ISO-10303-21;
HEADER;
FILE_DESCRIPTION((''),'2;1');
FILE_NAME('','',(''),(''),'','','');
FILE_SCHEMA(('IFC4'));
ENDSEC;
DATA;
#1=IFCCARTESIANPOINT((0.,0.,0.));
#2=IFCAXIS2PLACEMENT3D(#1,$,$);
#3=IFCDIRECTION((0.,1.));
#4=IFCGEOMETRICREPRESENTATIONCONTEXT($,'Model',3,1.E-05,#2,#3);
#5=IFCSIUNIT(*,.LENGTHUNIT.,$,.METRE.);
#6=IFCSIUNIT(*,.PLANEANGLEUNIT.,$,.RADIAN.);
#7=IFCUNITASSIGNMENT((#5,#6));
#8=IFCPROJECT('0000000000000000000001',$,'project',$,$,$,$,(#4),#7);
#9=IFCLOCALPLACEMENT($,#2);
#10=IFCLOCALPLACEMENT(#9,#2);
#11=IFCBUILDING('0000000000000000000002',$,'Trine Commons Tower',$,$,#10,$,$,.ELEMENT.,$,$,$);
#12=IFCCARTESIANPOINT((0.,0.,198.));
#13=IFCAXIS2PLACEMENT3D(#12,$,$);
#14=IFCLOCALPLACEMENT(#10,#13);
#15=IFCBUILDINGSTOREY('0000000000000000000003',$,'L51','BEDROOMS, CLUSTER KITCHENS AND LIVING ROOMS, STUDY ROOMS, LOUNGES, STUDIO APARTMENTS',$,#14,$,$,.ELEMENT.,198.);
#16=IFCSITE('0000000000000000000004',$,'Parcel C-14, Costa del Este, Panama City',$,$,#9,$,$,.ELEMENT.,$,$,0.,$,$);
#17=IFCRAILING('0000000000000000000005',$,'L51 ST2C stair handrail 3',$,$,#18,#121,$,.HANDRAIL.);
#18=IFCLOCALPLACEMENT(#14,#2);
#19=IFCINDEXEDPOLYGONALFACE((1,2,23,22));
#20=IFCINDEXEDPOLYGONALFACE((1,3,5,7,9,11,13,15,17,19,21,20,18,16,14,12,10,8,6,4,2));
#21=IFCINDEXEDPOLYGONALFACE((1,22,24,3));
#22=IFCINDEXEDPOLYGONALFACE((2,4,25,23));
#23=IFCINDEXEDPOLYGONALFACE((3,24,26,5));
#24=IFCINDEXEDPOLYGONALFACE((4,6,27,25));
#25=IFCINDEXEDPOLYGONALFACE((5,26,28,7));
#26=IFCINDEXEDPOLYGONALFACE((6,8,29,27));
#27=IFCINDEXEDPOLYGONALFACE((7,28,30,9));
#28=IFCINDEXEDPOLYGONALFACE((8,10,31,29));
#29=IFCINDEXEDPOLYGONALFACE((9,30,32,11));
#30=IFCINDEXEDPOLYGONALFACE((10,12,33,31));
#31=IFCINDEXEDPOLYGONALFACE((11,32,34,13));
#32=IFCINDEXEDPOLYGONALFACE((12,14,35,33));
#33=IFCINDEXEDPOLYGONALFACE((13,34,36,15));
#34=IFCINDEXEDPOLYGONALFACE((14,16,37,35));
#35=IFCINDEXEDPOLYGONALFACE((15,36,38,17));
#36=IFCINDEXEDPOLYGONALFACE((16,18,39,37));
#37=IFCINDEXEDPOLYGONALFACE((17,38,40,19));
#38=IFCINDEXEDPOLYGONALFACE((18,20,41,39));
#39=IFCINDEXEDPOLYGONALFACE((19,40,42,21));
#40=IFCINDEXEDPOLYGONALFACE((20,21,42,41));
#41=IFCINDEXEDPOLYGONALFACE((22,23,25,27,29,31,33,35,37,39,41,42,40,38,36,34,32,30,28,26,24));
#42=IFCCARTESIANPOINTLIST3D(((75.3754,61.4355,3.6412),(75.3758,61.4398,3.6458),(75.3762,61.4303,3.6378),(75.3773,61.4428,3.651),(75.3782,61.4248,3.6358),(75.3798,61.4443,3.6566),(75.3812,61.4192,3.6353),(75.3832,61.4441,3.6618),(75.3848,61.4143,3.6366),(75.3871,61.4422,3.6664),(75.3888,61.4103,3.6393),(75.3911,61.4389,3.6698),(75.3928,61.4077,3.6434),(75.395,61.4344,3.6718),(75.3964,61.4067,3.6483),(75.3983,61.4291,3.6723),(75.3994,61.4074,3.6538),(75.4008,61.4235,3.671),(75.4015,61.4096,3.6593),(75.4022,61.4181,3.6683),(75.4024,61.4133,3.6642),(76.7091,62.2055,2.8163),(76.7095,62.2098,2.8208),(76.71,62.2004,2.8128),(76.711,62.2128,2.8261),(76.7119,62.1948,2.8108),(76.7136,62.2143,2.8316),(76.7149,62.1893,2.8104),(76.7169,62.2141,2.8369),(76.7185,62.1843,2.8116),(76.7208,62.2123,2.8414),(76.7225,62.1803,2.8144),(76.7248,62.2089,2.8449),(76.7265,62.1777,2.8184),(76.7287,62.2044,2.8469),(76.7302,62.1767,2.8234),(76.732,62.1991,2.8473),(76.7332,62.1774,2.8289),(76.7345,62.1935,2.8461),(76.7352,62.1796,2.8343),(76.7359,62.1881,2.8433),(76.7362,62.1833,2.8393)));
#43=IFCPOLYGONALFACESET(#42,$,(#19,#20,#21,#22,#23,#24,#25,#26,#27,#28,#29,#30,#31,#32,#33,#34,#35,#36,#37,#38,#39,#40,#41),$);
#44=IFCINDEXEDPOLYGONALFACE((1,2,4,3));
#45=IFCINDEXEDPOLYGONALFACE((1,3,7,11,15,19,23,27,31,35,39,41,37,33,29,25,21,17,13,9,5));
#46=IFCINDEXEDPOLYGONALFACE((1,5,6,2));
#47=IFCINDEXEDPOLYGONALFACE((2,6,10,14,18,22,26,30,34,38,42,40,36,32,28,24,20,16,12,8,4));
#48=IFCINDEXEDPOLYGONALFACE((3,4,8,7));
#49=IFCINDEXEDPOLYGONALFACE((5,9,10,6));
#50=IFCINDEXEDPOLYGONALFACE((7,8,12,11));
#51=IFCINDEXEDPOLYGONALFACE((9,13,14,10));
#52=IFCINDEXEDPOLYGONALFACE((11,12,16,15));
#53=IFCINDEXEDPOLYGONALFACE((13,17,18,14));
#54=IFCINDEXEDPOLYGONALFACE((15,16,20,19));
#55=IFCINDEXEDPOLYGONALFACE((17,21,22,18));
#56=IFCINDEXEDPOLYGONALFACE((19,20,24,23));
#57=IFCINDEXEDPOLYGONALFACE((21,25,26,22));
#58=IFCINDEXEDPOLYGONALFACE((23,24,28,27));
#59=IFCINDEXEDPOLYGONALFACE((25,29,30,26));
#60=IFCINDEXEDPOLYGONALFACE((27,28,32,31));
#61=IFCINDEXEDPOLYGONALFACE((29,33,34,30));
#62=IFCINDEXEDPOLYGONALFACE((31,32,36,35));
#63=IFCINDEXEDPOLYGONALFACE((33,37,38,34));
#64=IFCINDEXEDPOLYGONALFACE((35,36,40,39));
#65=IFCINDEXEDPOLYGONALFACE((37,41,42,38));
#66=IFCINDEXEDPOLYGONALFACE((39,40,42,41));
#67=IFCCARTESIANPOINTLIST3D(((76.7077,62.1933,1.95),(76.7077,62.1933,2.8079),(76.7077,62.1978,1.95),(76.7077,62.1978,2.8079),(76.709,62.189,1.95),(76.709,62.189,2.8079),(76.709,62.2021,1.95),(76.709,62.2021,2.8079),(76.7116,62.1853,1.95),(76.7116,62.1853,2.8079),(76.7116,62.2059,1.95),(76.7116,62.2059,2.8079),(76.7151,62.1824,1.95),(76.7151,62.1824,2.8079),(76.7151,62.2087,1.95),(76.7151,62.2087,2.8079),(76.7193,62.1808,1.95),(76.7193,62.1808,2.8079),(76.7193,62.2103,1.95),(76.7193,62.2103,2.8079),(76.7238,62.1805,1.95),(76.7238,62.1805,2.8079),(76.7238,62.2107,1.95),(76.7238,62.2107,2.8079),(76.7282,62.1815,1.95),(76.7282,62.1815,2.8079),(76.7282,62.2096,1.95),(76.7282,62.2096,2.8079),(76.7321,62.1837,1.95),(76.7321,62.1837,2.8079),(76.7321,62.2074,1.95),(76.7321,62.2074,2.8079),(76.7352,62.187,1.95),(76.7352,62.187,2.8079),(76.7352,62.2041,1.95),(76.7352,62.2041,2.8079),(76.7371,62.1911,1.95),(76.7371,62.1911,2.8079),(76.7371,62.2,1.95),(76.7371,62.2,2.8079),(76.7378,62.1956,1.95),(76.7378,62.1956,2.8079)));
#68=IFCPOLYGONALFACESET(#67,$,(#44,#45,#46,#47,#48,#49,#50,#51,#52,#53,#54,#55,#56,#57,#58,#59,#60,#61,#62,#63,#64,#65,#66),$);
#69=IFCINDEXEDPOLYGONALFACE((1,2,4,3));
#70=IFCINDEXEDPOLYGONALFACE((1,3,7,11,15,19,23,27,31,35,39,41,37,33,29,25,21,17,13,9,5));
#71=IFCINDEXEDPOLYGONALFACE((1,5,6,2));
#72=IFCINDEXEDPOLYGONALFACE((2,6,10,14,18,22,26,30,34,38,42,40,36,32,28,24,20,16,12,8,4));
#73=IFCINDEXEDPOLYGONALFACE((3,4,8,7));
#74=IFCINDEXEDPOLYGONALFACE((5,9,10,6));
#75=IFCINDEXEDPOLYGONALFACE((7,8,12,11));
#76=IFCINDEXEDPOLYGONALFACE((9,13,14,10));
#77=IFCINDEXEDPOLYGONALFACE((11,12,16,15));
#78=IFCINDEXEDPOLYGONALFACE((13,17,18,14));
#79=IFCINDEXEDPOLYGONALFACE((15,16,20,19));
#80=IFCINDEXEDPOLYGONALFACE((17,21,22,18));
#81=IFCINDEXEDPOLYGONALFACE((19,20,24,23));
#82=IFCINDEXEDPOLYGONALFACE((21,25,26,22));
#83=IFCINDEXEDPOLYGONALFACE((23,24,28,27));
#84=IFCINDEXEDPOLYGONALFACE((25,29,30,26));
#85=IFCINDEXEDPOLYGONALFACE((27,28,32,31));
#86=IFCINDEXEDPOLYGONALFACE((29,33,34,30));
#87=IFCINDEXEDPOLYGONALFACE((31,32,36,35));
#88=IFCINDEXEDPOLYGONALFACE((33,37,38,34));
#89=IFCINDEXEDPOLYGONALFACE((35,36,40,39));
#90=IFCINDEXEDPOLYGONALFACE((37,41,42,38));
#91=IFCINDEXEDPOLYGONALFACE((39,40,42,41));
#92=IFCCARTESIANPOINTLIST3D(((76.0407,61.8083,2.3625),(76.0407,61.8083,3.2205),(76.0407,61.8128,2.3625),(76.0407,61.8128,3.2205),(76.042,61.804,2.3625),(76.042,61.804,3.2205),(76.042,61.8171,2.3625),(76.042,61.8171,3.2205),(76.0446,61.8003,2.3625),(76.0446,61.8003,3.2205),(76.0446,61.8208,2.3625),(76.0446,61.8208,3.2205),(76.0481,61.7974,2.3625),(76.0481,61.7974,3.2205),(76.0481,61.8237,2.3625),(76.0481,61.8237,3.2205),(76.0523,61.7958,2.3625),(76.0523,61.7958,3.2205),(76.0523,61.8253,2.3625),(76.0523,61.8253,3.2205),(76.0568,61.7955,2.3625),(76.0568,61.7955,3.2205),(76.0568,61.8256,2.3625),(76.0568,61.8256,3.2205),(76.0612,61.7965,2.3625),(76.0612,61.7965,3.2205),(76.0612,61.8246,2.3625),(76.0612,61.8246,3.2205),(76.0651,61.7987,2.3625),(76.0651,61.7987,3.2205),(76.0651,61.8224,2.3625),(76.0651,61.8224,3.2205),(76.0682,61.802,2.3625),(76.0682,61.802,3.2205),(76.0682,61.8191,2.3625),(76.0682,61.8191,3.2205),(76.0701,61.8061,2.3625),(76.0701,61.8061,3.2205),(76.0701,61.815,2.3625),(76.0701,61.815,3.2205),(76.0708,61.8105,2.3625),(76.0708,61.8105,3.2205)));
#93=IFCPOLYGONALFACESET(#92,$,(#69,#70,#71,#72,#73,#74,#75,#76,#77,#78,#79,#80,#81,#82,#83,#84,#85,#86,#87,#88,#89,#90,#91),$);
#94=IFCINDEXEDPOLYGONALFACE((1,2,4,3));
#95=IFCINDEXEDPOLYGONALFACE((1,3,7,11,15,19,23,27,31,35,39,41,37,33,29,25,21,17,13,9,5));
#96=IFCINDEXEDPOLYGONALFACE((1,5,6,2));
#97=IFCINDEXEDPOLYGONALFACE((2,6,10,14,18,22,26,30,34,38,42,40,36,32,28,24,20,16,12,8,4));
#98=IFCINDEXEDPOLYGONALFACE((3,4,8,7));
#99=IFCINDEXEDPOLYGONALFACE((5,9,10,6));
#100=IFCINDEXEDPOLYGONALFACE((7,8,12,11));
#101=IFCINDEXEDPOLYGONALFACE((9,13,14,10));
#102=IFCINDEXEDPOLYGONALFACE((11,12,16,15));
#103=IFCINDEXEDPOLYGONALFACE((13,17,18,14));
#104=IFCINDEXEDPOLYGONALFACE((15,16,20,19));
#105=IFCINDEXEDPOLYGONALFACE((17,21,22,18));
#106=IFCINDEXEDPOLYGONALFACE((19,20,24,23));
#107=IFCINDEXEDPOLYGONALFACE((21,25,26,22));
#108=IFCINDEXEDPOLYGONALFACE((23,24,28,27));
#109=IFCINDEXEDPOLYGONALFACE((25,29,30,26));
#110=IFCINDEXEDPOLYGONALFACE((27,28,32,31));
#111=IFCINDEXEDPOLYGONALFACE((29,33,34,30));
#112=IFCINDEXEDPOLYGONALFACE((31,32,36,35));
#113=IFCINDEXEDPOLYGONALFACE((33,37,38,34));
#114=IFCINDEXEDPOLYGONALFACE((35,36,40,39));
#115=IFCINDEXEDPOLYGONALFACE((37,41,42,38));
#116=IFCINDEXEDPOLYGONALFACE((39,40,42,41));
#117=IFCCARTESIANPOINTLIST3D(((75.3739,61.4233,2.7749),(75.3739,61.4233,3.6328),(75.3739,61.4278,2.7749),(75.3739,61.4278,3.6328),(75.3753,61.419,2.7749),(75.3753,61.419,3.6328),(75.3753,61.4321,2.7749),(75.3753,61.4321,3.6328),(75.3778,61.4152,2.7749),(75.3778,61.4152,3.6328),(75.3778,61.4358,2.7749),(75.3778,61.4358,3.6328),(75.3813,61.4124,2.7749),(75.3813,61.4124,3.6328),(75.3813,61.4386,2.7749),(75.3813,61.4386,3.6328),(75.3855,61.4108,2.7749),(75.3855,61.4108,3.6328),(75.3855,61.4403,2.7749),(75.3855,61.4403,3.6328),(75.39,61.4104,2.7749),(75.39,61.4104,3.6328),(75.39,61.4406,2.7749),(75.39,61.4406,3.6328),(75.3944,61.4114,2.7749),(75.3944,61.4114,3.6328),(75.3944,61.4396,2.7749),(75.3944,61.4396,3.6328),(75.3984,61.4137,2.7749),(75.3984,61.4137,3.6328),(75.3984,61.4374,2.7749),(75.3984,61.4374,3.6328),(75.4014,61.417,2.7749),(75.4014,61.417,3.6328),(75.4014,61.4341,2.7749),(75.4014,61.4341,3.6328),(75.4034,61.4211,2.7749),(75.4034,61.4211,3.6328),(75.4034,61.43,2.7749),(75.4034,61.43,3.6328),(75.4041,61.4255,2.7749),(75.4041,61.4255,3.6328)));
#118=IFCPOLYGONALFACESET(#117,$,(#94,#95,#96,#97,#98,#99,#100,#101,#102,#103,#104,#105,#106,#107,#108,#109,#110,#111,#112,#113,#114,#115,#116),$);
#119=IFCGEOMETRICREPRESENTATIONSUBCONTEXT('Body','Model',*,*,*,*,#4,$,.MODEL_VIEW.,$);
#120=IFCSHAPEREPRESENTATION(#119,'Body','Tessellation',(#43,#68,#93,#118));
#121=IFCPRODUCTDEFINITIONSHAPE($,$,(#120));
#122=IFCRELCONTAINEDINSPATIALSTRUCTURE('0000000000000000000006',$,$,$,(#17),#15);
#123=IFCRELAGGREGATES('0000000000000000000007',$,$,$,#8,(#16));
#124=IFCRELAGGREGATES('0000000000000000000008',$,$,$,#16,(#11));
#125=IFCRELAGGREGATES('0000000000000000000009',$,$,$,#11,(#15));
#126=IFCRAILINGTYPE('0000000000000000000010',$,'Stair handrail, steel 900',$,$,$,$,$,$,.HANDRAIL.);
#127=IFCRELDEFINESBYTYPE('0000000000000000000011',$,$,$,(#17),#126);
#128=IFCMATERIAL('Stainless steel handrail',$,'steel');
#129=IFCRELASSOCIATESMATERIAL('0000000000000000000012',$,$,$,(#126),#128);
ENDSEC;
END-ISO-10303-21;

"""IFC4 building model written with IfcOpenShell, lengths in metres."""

from ifc_helpers import new_model, si_unit, direction, frame, origin, origin_2d, place, context, subcontext, project, spatial, circle, extrude, material, type_object, element, save


model = new_model("IFC4")

# Units and contexts
model_context = context("Model", 3, precision=1e-05, world=origin(), true_north=direction((0.0, 1.0)))
body_context = subcontext(model_context, "Body", "Model", "MODEL_VIEW")
ifc_project = project(units=[si_unit("LENGTHUNIT", "METRE"), si_unit("PLANEANGLEUNIT", "RADIAN")], contexts=[model_context])

# Site, building, storey
site_placement = place(None, origin())
site = spatial("IfcSite", under=ifc_project, at=site_placement, Name="Parcel C-14, Costa del Este, Panama City", CompositionType="ELEMENT", RefElevation=0.0)
building_placement = place(site_placement, origin())
building = spatial("IfcBuilding", under=site, at=building_placement, Name="Trine Commons Tower", CompositionType="ELEMENT")
storey_placement = place(building_placement, frame((0.0, 0.0, 198.0)))
storey = spatial("IfcBuildingStorey", under=building, at=storey_placement, Name="L51", Description="BEDROOMS, CLUSTER KITCHENS AND LIVING ROOMS, STUDY ROOMS, LOUNGES, STUDIO APARTMENTS", CompositionType="ELEMENT", Elevation=198.0)

# Railing
ifc_material_1 = material(Name="Stainless steel handrail", Category="steel")
railing_type = type_object("IfcRailingType", Name="Stair handrail, steel 900", PredefinedType="HANDRAIL", material=ifc_material_1)
railing_1_placement = place(storey_placement, frame((76.7227, 62.1956, 1.95)))
element("IfcRailing", 1, at=railing_1_placement, inside=storey, type_object=railing_type, Name="L51 ST2C stair handrail 3", PredefinedType="HANDRAIL", context=body_context, shape_type="SweptSolid", body=[
    extrude(circle(Radius=0.021, at=origin_2d()), frame((0.0, 0.0, 0.8789), z_axis=(-0.763405, -0.440743, 0.472185), x_axis=(0.499992, -0.86603, 0.0)), (0.0, 0.0, 1.0), 1.7471),
    extrude(circle(Radius=0.0151, at=origin_2d()), origin(), (0.0, 0.0, 1.0), 0.8579),
    extrude(circle(Radius=0.0151, at=origin_2d()), frame((-0.667, -0.385, 0.4126)), (0.0, 0.0, 1.0), 0.8579),
    extrude(circle(Radius=0.0151, at=origin_2d()), frame((-1.3337, -0.77, 0.825)), (0.0, 0.0, 1.0), 0.8579),
])

save(model, "model.ifc")
